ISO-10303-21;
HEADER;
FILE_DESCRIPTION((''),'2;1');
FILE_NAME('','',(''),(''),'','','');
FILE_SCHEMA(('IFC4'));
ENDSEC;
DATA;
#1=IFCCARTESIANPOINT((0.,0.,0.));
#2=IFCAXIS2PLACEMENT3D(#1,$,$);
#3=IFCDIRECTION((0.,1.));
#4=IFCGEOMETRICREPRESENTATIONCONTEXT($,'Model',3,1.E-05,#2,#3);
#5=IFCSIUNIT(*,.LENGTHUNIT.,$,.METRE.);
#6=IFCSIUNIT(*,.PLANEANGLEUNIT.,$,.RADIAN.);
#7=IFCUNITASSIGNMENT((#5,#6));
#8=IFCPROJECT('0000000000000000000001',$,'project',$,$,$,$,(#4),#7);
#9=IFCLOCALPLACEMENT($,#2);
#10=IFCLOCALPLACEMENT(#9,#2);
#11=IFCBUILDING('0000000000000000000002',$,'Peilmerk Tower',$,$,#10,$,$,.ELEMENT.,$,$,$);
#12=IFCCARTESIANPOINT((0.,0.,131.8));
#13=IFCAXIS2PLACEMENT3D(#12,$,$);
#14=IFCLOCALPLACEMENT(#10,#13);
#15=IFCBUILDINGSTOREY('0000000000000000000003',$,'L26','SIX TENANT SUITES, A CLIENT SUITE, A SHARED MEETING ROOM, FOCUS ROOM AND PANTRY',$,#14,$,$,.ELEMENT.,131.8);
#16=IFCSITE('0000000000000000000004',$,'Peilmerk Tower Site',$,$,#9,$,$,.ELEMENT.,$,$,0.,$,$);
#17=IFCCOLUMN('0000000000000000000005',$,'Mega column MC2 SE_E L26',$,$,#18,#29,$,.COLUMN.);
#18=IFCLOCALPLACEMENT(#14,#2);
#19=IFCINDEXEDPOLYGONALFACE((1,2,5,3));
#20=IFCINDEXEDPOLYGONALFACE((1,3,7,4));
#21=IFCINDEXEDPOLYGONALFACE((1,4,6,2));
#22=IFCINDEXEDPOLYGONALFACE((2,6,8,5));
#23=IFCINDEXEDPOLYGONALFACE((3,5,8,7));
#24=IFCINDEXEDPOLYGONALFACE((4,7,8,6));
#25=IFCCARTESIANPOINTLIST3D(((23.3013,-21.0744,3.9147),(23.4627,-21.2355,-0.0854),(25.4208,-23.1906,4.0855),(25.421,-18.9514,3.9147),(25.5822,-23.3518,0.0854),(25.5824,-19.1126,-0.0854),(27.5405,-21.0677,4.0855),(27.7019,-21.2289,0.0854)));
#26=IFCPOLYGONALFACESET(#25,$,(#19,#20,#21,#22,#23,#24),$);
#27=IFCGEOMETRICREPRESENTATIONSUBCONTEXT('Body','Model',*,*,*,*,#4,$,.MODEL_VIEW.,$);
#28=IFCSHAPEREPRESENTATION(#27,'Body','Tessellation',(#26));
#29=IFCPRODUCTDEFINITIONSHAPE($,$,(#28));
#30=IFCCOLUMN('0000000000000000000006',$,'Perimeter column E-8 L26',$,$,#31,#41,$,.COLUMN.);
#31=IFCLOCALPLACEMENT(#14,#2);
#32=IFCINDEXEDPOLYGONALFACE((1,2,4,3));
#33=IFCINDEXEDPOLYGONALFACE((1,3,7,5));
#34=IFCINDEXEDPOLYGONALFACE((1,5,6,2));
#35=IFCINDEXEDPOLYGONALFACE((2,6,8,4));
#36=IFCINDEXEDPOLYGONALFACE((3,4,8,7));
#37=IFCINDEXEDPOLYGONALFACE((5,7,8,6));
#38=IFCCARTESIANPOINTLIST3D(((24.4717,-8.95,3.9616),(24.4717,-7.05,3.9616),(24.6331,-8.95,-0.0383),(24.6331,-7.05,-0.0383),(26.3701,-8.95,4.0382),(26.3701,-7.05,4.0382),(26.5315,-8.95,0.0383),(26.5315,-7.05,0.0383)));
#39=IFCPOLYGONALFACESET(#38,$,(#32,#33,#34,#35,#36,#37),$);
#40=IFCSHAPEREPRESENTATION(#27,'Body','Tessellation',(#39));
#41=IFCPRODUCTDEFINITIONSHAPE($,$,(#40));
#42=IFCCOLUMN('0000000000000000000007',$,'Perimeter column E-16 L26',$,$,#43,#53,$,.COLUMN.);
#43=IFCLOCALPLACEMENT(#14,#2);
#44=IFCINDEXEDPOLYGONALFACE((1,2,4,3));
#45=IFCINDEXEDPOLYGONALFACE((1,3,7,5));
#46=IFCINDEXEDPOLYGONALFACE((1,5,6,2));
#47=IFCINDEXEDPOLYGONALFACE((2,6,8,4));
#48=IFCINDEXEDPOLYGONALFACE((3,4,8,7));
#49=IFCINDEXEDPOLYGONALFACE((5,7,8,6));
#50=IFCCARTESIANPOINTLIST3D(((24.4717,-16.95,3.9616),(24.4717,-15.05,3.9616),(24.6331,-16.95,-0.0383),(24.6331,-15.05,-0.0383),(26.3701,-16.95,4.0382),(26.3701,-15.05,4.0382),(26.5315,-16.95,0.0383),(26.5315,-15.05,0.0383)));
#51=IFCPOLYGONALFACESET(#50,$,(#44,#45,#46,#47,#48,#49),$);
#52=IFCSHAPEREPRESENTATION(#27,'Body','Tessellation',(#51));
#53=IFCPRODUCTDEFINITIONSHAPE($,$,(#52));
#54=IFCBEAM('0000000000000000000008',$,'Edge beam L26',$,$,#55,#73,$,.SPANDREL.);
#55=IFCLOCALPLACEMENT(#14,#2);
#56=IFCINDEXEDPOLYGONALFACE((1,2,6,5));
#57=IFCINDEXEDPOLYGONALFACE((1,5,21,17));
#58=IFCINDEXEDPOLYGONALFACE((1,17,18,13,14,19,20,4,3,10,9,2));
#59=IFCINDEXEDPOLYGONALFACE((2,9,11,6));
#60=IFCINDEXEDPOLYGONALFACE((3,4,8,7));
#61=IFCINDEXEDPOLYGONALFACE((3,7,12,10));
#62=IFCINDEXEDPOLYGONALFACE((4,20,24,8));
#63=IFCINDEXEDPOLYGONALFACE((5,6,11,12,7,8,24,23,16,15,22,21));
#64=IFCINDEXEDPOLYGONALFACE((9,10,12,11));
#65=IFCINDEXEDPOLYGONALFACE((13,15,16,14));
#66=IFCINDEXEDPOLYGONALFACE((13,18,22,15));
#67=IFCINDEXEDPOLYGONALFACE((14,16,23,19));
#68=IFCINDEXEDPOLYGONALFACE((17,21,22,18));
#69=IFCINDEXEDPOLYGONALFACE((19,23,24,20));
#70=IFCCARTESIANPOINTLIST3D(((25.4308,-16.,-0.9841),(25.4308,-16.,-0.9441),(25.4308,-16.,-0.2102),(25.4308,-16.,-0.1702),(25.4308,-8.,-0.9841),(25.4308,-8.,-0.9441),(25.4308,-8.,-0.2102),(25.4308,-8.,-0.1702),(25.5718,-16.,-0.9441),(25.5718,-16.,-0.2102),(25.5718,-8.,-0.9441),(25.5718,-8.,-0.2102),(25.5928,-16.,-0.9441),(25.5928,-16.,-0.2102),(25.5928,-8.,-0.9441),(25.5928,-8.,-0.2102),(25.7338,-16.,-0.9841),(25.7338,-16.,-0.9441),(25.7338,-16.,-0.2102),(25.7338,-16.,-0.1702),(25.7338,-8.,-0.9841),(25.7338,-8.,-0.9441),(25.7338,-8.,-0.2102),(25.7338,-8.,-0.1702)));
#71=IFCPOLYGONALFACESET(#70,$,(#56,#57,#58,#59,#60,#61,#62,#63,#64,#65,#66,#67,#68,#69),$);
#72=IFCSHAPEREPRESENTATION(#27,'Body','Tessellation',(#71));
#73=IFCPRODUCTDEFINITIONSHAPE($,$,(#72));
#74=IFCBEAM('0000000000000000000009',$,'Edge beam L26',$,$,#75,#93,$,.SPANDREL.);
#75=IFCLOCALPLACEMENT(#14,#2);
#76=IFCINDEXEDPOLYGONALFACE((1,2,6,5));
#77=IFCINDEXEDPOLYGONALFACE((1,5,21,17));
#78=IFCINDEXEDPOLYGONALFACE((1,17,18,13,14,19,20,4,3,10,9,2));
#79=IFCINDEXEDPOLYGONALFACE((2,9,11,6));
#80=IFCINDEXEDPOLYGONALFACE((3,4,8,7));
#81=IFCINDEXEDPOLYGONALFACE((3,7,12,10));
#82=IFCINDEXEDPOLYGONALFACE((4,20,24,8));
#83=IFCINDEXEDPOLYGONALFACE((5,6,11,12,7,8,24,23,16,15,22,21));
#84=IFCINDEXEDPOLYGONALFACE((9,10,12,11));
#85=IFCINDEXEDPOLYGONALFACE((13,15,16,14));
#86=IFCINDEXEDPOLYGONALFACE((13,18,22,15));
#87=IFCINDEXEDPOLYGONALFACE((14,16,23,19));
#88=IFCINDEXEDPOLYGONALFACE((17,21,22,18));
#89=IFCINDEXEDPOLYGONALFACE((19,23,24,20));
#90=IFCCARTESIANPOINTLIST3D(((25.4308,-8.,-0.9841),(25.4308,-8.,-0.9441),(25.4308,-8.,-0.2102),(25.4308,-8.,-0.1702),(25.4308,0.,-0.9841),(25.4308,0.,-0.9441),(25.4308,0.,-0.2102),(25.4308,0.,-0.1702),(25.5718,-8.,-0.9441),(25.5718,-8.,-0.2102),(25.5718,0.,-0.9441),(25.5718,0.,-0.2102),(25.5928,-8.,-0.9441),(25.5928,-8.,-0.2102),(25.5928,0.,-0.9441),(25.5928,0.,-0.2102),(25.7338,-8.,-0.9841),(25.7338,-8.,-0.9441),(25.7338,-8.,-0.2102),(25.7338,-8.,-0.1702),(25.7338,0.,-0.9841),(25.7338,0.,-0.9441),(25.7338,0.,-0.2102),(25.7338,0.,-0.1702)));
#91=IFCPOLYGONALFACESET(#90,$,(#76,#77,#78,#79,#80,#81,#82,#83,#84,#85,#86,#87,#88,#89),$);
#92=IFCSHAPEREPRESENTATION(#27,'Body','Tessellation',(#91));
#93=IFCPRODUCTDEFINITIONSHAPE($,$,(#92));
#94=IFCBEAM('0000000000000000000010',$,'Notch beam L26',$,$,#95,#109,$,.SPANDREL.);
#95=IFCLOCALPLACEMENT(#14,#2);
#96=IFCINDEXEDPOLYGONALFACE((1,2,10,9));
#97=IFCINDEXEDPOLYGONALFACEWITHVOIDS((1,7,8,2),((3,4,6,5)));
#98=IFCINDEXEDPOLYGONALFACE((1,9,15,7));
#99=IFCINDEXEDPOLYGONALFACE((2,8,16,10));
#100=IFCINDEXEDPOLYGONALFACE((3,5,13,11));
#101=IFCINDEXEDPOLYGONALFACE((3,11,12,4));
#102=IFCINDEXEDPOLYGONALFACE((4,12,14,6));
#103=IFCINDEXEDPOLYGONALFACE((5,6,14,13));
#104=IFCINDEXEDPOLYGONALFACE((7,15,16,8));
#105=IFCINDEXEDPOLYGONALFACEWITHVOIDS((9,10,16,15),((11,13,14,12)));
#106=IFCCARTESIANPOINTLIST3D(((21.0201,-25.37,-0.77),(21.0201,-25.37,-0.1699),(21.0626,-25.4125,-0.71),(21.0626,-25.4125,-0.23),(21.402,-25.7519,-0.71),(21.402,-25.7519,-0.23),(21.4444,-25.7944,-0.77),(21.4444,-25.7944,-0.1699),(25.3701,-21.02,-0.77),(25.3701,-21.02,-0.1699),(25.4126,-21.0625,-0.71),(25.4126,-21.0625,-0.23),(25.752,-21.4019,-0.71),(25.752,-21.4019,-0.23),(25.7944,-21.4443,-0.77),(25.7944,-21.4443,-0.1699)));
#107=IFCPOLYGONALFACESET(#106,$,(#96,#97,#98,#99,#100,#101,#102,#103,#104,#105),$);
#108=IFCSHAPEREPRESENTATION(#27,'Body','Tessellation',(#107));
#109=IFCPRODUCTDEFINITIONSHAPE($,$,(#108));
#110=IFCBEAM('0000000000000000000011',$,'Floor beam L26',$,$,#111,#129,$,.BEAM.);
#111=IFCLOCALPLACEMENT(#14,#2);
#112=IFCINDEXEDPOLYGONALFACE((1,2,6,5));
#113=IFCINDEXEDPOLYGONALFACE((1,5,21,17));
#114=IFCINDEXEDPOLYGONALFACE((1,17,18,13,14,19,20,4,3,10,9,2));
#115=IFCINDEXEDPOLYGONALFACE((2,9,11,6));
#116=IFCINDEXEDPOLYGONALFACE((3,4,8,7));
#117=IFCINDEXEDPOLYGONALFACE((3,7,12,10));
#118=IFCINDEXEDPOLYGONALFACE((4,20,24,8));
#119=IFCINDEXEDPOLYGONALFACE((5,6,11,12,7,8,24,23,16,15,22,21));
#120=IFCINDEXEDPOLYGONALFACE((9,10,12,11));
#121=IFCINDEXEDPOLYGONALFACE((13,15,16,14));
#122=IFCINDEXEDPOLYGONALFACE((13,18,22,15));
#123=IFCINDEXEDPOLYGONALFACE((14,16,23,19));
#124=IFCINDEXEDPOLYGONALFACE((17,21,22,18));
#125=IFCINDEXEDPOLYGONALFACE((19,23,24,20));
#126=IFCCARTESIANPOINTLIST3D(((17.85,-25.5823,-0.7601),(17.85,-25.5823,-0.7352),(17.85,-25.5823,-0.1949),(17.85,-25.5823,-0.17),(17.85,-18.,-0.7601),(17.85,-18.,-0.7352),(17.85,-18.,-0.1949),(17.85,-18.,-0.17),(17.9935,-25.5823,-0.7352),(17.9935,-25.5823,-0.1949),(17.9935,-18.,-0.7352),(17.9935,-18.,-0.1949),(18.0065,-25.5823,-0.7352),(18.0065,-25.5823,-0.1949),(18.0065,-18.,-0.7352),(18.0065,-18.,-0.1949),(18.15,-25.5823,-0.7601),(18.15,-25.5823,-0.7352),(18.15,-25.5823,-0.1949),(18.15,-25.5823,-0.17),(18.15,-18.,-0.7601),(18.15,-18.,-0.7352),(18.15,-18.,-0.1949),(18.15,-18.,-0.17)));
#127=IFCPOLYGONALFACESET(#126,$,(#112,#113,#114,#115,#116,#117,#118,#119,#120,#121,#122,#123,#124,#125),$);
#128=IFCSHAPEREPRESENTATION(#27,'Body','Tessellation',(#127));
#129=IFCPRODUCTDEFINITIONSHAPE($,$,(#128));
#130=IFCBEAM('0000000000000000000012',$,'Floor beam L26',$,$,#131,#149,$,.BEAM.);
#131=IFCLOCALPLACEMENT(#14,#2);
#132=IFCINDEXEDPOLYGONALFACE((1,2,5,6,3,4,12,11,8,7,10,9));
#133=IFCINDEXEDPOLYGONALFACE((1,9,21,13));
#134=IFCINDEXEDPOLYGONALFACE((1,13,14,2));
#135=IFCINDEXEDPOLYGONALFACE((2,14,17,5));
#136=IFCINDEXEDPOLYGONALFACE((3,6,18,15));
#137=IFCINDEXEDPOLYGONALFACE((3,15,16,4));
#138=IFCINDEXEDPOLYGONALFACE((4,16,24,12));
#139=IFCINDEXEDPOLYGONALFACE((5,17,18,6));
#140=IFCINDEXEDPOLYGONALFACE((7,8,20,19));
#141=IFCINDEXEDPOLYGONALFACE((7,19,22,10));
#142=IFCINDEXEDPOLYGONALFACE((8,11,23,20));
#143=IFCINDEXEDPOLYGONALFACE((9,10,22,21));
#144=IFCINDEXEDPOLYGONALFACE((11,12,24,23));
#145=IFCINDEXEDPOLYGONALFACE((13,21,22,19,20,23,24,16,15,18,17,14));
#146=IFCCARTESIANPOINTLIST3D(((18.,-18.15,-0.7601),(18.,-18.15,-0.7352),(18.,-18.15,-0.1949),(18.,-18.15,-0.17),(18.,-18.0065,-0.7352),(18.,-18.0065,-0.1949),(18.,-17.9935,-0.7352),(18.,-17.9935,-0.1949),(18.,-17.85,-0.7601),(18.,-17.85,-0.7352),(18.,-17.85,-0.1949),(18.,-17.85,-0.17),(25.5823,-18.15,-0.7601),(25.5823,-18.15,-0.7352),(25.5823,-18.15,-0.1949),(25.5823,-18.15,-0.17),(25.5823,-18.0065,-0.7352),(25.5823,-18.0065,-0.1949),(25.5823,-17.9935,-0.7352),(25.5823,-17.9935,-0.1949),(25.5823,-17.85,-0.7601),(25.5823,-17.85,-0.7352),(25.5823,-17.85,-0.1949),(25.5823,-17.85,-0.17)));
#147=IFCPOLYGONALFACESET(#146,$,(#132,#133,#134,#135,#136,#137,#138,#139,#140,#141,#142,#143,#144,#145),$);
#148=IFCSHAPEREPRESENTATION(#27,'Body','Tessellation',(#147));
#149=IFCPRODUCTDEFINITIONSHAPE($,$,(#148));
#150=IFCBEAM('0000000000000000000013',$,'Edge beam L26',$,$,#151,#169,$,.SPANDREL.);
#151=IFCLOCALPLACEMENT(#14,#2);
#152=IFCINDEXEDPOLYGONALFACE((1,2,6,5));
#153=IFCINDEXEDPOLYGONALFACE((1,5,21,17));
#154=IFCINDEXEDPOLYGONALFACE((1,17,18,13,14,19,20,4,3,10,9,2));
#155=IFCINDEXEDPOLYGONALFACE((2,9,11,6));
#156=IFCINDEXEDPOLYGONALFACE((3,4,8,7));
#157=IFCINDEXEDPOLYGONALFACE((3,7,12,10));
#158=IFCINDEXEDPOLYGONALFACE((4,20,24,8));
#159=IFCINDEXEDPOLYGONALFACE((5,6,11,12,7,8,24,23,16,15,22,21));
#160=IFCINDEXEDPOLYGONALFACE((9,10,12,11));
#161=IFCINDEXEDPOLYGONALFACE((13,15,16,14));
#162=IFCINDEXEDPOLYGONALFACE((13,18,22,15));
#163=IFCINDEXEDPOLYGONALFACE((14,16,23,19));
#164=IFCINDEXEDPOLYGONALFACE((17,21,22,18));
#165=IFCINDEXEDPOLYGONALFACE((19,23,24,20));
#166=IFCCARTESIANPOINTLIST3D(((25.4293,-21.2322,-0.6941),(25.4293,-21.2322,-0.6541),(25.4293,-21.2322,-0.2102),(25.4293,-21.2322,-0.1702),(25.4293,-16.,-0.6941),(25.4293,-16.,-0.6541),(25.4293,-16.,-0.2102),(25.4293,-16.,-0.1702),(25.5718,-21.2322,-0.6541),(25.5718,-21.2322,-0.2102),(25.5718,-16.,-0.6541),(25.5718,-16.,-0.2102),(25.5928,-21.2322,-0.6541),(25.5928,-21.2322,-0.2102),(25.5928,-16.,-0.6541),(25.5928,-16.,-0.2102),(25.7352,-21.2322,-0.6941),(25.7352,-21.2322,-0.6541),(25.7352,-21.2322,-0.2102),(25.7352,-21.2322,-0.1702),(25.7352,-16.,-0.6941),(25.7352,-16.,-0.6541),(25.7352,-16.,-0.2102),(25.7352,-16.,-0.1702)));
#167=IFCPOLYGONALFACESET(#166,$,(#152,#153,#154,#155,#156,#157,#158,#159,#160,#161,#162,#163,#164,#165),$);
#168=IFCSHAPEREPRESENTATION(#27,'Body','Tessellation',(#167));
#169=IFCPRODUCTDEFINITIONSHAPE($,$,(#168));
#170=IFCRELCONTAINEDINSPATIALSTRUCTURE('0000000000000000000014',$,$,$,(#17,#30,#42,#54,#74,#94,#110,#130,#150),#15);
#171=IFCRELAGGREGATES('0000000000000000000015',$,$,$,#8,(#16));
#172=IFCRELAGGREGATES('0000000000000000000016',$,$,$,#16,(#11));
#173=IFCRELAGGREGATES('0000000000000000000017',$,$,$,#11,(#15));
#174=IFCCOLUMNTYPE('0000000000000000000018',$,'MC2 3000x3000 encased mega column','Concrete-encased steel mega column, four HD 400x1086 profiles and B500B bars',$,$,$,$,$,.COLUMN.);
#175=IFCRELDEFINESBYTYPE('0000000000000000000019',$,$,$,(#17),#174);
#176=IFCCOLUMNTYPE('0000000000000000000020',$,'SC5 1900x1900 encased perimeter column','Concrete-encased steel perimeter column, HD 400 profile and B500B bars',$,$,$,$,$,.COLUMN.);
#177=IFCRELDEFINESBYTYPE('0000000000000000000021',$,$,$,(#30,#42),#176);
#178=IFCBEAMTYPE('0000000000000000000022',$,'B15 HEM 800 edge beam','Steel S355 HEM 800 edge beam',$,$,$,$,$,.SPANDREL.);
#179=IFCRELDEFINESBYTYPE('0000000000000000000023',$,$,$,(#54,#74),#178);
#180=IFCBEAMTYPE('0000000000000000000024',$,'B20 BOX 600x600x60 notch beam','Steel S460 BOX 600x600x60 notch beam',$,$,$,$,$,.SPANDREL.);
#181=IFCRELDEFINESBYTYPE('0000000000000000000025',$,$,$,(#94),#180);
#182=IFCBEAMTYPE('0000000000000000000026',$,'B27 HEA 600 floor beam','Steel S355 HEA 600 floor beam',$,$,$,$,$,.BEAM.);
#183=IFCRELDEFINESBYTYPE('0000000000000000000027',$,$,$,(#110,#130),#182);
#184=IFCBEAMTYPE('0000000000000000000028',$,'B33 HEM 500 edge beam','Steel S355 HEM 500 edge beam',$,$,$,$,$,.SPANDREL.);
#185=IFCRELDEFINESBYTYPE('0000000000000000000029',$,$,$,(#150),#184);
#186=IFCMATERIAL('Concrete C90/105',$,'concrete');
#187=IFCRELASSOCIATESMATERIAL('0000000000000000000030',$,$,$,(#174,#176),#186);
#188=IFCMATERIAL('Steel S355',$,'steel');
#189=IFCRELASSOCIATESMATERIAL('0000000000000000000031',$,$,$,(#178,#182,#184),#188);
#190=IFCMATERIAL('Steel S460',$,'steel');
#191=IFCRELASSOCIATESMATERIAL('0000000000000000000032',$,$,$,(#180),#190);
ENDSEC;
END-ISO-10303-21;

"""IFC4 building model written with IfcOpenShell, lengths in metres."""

from ifc_helpers import new_model, si_unit, direction, frame, origin, origin_2d, place, context, subcontext, project, spatial, rectangle, hollow_rectangle, i_section, extrude, material, material_profile, profile_set, type_object, element, save


model = new_model("IFC4")

# Units and contexts
model_context = context("Model", 3, precision=1e-05, world=origin(), true_north=direction((0.0, 1.0)))
body_context = subcontext(model_context, "Body", "Model", "MODEL_VIEW")
ifc_project = project(units=[si_unit("LENGTHUNIT", "METRE"), si_unit("PLANEANGLEUNIT", "RADIAN")], contexts=[model_context])

# Site, building, storey
site_placement = place(None, origin())
site = spatial("IfcSite", under=ifc_project, at=site_placement, Name="Peilmerk Tower Site", CompositionType="ELEMENT", RefElevation=0.0)
building_placement = place(site_placement, origin())
building = spatial("IfcBuilding", under=site, at=building_placement, Name="Peilmerk Tower", CompositionType="ELEMENT")
storey_placement = place(building_placement, frame((0.0, 0.0, 131.8)))
storey = spatial("IfcBuildingStorey", under=building, at=storey_placement, Name="L26", Description="SIX TENANT SUITES, A CLIENT SUITE, A SHARED MEETING ROOM, FOCUS ROOM AND PANTRY", CompositionType="ELEMENT", Elevation=131.8)

# Columns
ifc_material_1 = material(Name="Concrete C90/105", Category="concrete")
ifc_material_profile_1 = material_profile(ifc_material_1, rectangle(XDim=3.0, YDim=3.0, at=origin_2d()), Name="RC 3000x3000")
ifc_profile_set_1 = profile_set([ifc_material_profile_1], Name="Concrete C90/105")
column_type_1 = type_object("IfcColumnType", Name="MC2 3000x3000 encased mega column", Description="Concrete-encased steel mega column, four HD 400x1086 profiles and B500B bars", PredefinedType="COLUMN", material=ifc_profile_set_1)
column_placement = place(storey_placement, frame((25.5823, -21.2322, 0.0), z_axis=(-0.040279, 0.040218, 0.998379), x_axis=(-0.706571, -0.707642, 0.0)))
element("IfcColumn", 1, at=column_placement, inside=storey, type_object=column_type_1, Name="Mega column MC2 SE_E L26", PredefinedType="COLUMN", context=body_context, shape_type="SweptSolid", body=[
    extrude(rectangle(XDim=3.0, YDim=3.0, at=origin_2d()), origin(), (0.0, 0.0, 1.0), 4.0066),
])
ifc_material_profile_2 = material_profile(ifc_material_1, rectangle(XDim=1.8999, YDim=1.8999, at=origin_2d()), Name="RC 1900x1900")
ifc_profile_set_2 = profile_set([ifc_material_profile_2], Name="Concrete C90/105")
column_type_2 = type_object("IfcColumnType", Name="SC5 1900x1900 encased perimeter column", Description="Concrete-encased steel perimeter column, HD 400 profile and B500B bars", PredefinedType="COLUMN", material=ifc_profile_set_2)
for number, where, z_axis, x_axis, name in (
    (2, (25.5823, -8.0, 0.0), (-0.040311, 0.0, 0.999187), (0.0, -1.0, 0.0), "Perimeter column E-8 L26"),
    (3, (25.5823, -16.0, 0.0), (-0.040311, 0.0, 0.999187), (0.0, -1.0, 0.0), "Perimeter column E-16 L26"),
):
    element("IfcColumn", number, at=place(storey_placement, frame(where, z_axis=z_axis, x_axis=x_axis)), inside=storey, type_object=column_type_2, Name=name, PredefinedType="COLUMN", context=body_context, shape_type="SweptSolid", body=[
        extrude(rectangle(XDim=1.8999, YDim=1.8999, at=origin_2d()), origin(), (0.0, 0.0, 1.0), 4.0032),
    ])

# Beams
ifc_material_2 = material(Name="Steel S355", Category="steel")
ifc_material_profile_3 = material_profile(ifc_material_2, i_section(OverallWidth=0.303, OverallDepth=0.814, WebThickness=0.021, FlangeThickness=0.04, at=origin_2d()), Name="HEM 800")
ifc_profile_set_3 = profile_set([ifc_material_profile_3], Name="Steel S355")
beam_type_1 = type_object("IfcBeamType", Name="B15 HEM 800 edge beam", Description="Steel S355 HEM 800 edge beam", PredefinedType="SPANDREL", material=ifc_profile_set_3)
for number, where, z_axis, x_axis, name in (
    (4, (25.5823, -16.0, -0.5771), (0.0, 1.0, 0.0), (-1.0, 0.0, 0.0), "Edge beam L26"),
    (5, (25.5823, -8.0, -0.5771), (0.0, 1.0, 0.0), (-1.0, 0.0, 0.0), "Edge beam L26"),
):
    element("IfcBeam", number, at=place(storey_placement, frame(where, z_axis=z_axis, x_axis=x_axis)), inside=storey, type_object=beam_type_1, Name=name, PredefinedType="SPANDREL", context=body_context, shape_type="SweptSolid", body=[
        extrude(i_section(OverallWidth=0.303, OverallDepth=0.814, WebThickness=0.021, FlangeThickness=0.04, at=origin_2d()), origin(), (0.0, 0.0, 1.0), 8.0),
    ])
ifc_material_3 = material(Name="Steel S460", Category="steel")
ifc_material_profile_4 = material_profile(ifc_material_3, hollow_rectangle(XDim=0.6001, YDim=0.6001, WallThickness=0.0601, at=origin_2d()), Name="BOX 600x600x60")
ifc_profile_set_4 = profile_set([ifc_material_profile_4], Name="Steel S460")
beam_type_2 = type_object("IfcBeamType", Name="B20 BOX 600x600x60 notch beam", Description="Steel S460 BOX 600x600x60 notch beam", PredefinedType="SPANDREL", material=ifc_profile_set_4)
beam_1_placement = place(storey_placement, frame((25.5823, -21.2322, -0.47), z_axis=(-0.707107, -0.707107, 0.0), x_axis=(0.707107, -0.707107, 0.0)))
element("IfcBeam", 6, at=beam_1_placement, inside=storey, type_object=beam_type_2, Name="Notch beam L26", PredefinedType="SPANDREL", context=body_context, shape_type="SweptSolid", body=[
    extrude(hollow_rectangle(XDim=0.6001, YDim=0.6001, WallThickness=0.0601, at=origin_2d()), origin(), (0.0, 0.0, 1.0), 6.1519),
])
ifc_material_profile_5 = material_profile(ifc_material_2, i_section(OverallWidth=0.3, OverallDepth=0.5901, WebThickness=0.0129, FlangeThickness=0.0249, at=origin_2d()), Name="HEA 600")
ifc_profile_set_5 = profile_set([ifc_material_profile_5], Name="Steel S355")
beam_type_3 = type_object("IfcBeamType", Name="B27 HEA 600 floor beam", Description="Steel S355 HEA 600 floor beam", PredefinedType="BEAM", material=ifc_profile_set_5)
for number, where, z_axis, x_axis, name in (
    (7, (18.0, -18.0, -0.4651), (0.0, -1.0, 0.0), (1.0, 0.0, 0.0), "Floor beam L26"),
    (8, (18.0, -18.0, -0.4651), (1.0, 0.0, 0.0), (0.0, 1.0, 0.0), "Floor beam L26"),
):
    element("IfcBeam", number, at=place(storey_placement, frame(where, z_axis=z_axis, x_axis=x_axis)), inside=storey, type_object=beam_type_3, Name=name, PredefinedType="BEAM", context=body_context, shape_type="SweptSolid", body=[
        extrude(i_section(OverallWidth=0.3, OverallDepth=0.5901, WebThickness=0.0129, FlangeThickness=0.0249, at=origin_2d()), origin(), (0.0, 0.0, 1.0), 7.5823),
    ])
ifc_material_profile_6 = material_profile(ifc_material_2, i_section(OverallWidth=0.3059, OverallDepth=0.5239, WebThickness=0.021, FlangeThickness=0.04, at=origin_2d()), Name="HEM 500")
ifc_profile_set_6 = profile_set([ifc_material_profile_6], Name="Steel S355")
beam_type_4 = type_object("IfcBeamType", Name="B33 HEM 500 edge beam", Description="Steel S355 HEM 500 edge beam", PredefinedType="SPANDREL", material=ifc_profile_set_6)
beam_2_placement = place(storey_placement, frame((25.5823, -21.2322, -0.4321), z_axis=(0.0, 1.0, 0.0), x_axis=(-1.0, 0.0, 0.0)))
element("IfcBeam", 9, at=beam_2_placement, inside=storey, type_object=beam_type_4, Name="Edge beam L26", PredefinedType="SPANDREL", context=body_context, shape_type="SweptSolid", body=[
    extrude(i_section(OverallWidth=0.3059, OverallDepth=0.5239, WebThickness=0.021, FlangeThickness=0.04, at=origin_2d()), origin(), (0.0, 0.0, 1.0), 5.2322),
])

save(model, "model.ifc")
